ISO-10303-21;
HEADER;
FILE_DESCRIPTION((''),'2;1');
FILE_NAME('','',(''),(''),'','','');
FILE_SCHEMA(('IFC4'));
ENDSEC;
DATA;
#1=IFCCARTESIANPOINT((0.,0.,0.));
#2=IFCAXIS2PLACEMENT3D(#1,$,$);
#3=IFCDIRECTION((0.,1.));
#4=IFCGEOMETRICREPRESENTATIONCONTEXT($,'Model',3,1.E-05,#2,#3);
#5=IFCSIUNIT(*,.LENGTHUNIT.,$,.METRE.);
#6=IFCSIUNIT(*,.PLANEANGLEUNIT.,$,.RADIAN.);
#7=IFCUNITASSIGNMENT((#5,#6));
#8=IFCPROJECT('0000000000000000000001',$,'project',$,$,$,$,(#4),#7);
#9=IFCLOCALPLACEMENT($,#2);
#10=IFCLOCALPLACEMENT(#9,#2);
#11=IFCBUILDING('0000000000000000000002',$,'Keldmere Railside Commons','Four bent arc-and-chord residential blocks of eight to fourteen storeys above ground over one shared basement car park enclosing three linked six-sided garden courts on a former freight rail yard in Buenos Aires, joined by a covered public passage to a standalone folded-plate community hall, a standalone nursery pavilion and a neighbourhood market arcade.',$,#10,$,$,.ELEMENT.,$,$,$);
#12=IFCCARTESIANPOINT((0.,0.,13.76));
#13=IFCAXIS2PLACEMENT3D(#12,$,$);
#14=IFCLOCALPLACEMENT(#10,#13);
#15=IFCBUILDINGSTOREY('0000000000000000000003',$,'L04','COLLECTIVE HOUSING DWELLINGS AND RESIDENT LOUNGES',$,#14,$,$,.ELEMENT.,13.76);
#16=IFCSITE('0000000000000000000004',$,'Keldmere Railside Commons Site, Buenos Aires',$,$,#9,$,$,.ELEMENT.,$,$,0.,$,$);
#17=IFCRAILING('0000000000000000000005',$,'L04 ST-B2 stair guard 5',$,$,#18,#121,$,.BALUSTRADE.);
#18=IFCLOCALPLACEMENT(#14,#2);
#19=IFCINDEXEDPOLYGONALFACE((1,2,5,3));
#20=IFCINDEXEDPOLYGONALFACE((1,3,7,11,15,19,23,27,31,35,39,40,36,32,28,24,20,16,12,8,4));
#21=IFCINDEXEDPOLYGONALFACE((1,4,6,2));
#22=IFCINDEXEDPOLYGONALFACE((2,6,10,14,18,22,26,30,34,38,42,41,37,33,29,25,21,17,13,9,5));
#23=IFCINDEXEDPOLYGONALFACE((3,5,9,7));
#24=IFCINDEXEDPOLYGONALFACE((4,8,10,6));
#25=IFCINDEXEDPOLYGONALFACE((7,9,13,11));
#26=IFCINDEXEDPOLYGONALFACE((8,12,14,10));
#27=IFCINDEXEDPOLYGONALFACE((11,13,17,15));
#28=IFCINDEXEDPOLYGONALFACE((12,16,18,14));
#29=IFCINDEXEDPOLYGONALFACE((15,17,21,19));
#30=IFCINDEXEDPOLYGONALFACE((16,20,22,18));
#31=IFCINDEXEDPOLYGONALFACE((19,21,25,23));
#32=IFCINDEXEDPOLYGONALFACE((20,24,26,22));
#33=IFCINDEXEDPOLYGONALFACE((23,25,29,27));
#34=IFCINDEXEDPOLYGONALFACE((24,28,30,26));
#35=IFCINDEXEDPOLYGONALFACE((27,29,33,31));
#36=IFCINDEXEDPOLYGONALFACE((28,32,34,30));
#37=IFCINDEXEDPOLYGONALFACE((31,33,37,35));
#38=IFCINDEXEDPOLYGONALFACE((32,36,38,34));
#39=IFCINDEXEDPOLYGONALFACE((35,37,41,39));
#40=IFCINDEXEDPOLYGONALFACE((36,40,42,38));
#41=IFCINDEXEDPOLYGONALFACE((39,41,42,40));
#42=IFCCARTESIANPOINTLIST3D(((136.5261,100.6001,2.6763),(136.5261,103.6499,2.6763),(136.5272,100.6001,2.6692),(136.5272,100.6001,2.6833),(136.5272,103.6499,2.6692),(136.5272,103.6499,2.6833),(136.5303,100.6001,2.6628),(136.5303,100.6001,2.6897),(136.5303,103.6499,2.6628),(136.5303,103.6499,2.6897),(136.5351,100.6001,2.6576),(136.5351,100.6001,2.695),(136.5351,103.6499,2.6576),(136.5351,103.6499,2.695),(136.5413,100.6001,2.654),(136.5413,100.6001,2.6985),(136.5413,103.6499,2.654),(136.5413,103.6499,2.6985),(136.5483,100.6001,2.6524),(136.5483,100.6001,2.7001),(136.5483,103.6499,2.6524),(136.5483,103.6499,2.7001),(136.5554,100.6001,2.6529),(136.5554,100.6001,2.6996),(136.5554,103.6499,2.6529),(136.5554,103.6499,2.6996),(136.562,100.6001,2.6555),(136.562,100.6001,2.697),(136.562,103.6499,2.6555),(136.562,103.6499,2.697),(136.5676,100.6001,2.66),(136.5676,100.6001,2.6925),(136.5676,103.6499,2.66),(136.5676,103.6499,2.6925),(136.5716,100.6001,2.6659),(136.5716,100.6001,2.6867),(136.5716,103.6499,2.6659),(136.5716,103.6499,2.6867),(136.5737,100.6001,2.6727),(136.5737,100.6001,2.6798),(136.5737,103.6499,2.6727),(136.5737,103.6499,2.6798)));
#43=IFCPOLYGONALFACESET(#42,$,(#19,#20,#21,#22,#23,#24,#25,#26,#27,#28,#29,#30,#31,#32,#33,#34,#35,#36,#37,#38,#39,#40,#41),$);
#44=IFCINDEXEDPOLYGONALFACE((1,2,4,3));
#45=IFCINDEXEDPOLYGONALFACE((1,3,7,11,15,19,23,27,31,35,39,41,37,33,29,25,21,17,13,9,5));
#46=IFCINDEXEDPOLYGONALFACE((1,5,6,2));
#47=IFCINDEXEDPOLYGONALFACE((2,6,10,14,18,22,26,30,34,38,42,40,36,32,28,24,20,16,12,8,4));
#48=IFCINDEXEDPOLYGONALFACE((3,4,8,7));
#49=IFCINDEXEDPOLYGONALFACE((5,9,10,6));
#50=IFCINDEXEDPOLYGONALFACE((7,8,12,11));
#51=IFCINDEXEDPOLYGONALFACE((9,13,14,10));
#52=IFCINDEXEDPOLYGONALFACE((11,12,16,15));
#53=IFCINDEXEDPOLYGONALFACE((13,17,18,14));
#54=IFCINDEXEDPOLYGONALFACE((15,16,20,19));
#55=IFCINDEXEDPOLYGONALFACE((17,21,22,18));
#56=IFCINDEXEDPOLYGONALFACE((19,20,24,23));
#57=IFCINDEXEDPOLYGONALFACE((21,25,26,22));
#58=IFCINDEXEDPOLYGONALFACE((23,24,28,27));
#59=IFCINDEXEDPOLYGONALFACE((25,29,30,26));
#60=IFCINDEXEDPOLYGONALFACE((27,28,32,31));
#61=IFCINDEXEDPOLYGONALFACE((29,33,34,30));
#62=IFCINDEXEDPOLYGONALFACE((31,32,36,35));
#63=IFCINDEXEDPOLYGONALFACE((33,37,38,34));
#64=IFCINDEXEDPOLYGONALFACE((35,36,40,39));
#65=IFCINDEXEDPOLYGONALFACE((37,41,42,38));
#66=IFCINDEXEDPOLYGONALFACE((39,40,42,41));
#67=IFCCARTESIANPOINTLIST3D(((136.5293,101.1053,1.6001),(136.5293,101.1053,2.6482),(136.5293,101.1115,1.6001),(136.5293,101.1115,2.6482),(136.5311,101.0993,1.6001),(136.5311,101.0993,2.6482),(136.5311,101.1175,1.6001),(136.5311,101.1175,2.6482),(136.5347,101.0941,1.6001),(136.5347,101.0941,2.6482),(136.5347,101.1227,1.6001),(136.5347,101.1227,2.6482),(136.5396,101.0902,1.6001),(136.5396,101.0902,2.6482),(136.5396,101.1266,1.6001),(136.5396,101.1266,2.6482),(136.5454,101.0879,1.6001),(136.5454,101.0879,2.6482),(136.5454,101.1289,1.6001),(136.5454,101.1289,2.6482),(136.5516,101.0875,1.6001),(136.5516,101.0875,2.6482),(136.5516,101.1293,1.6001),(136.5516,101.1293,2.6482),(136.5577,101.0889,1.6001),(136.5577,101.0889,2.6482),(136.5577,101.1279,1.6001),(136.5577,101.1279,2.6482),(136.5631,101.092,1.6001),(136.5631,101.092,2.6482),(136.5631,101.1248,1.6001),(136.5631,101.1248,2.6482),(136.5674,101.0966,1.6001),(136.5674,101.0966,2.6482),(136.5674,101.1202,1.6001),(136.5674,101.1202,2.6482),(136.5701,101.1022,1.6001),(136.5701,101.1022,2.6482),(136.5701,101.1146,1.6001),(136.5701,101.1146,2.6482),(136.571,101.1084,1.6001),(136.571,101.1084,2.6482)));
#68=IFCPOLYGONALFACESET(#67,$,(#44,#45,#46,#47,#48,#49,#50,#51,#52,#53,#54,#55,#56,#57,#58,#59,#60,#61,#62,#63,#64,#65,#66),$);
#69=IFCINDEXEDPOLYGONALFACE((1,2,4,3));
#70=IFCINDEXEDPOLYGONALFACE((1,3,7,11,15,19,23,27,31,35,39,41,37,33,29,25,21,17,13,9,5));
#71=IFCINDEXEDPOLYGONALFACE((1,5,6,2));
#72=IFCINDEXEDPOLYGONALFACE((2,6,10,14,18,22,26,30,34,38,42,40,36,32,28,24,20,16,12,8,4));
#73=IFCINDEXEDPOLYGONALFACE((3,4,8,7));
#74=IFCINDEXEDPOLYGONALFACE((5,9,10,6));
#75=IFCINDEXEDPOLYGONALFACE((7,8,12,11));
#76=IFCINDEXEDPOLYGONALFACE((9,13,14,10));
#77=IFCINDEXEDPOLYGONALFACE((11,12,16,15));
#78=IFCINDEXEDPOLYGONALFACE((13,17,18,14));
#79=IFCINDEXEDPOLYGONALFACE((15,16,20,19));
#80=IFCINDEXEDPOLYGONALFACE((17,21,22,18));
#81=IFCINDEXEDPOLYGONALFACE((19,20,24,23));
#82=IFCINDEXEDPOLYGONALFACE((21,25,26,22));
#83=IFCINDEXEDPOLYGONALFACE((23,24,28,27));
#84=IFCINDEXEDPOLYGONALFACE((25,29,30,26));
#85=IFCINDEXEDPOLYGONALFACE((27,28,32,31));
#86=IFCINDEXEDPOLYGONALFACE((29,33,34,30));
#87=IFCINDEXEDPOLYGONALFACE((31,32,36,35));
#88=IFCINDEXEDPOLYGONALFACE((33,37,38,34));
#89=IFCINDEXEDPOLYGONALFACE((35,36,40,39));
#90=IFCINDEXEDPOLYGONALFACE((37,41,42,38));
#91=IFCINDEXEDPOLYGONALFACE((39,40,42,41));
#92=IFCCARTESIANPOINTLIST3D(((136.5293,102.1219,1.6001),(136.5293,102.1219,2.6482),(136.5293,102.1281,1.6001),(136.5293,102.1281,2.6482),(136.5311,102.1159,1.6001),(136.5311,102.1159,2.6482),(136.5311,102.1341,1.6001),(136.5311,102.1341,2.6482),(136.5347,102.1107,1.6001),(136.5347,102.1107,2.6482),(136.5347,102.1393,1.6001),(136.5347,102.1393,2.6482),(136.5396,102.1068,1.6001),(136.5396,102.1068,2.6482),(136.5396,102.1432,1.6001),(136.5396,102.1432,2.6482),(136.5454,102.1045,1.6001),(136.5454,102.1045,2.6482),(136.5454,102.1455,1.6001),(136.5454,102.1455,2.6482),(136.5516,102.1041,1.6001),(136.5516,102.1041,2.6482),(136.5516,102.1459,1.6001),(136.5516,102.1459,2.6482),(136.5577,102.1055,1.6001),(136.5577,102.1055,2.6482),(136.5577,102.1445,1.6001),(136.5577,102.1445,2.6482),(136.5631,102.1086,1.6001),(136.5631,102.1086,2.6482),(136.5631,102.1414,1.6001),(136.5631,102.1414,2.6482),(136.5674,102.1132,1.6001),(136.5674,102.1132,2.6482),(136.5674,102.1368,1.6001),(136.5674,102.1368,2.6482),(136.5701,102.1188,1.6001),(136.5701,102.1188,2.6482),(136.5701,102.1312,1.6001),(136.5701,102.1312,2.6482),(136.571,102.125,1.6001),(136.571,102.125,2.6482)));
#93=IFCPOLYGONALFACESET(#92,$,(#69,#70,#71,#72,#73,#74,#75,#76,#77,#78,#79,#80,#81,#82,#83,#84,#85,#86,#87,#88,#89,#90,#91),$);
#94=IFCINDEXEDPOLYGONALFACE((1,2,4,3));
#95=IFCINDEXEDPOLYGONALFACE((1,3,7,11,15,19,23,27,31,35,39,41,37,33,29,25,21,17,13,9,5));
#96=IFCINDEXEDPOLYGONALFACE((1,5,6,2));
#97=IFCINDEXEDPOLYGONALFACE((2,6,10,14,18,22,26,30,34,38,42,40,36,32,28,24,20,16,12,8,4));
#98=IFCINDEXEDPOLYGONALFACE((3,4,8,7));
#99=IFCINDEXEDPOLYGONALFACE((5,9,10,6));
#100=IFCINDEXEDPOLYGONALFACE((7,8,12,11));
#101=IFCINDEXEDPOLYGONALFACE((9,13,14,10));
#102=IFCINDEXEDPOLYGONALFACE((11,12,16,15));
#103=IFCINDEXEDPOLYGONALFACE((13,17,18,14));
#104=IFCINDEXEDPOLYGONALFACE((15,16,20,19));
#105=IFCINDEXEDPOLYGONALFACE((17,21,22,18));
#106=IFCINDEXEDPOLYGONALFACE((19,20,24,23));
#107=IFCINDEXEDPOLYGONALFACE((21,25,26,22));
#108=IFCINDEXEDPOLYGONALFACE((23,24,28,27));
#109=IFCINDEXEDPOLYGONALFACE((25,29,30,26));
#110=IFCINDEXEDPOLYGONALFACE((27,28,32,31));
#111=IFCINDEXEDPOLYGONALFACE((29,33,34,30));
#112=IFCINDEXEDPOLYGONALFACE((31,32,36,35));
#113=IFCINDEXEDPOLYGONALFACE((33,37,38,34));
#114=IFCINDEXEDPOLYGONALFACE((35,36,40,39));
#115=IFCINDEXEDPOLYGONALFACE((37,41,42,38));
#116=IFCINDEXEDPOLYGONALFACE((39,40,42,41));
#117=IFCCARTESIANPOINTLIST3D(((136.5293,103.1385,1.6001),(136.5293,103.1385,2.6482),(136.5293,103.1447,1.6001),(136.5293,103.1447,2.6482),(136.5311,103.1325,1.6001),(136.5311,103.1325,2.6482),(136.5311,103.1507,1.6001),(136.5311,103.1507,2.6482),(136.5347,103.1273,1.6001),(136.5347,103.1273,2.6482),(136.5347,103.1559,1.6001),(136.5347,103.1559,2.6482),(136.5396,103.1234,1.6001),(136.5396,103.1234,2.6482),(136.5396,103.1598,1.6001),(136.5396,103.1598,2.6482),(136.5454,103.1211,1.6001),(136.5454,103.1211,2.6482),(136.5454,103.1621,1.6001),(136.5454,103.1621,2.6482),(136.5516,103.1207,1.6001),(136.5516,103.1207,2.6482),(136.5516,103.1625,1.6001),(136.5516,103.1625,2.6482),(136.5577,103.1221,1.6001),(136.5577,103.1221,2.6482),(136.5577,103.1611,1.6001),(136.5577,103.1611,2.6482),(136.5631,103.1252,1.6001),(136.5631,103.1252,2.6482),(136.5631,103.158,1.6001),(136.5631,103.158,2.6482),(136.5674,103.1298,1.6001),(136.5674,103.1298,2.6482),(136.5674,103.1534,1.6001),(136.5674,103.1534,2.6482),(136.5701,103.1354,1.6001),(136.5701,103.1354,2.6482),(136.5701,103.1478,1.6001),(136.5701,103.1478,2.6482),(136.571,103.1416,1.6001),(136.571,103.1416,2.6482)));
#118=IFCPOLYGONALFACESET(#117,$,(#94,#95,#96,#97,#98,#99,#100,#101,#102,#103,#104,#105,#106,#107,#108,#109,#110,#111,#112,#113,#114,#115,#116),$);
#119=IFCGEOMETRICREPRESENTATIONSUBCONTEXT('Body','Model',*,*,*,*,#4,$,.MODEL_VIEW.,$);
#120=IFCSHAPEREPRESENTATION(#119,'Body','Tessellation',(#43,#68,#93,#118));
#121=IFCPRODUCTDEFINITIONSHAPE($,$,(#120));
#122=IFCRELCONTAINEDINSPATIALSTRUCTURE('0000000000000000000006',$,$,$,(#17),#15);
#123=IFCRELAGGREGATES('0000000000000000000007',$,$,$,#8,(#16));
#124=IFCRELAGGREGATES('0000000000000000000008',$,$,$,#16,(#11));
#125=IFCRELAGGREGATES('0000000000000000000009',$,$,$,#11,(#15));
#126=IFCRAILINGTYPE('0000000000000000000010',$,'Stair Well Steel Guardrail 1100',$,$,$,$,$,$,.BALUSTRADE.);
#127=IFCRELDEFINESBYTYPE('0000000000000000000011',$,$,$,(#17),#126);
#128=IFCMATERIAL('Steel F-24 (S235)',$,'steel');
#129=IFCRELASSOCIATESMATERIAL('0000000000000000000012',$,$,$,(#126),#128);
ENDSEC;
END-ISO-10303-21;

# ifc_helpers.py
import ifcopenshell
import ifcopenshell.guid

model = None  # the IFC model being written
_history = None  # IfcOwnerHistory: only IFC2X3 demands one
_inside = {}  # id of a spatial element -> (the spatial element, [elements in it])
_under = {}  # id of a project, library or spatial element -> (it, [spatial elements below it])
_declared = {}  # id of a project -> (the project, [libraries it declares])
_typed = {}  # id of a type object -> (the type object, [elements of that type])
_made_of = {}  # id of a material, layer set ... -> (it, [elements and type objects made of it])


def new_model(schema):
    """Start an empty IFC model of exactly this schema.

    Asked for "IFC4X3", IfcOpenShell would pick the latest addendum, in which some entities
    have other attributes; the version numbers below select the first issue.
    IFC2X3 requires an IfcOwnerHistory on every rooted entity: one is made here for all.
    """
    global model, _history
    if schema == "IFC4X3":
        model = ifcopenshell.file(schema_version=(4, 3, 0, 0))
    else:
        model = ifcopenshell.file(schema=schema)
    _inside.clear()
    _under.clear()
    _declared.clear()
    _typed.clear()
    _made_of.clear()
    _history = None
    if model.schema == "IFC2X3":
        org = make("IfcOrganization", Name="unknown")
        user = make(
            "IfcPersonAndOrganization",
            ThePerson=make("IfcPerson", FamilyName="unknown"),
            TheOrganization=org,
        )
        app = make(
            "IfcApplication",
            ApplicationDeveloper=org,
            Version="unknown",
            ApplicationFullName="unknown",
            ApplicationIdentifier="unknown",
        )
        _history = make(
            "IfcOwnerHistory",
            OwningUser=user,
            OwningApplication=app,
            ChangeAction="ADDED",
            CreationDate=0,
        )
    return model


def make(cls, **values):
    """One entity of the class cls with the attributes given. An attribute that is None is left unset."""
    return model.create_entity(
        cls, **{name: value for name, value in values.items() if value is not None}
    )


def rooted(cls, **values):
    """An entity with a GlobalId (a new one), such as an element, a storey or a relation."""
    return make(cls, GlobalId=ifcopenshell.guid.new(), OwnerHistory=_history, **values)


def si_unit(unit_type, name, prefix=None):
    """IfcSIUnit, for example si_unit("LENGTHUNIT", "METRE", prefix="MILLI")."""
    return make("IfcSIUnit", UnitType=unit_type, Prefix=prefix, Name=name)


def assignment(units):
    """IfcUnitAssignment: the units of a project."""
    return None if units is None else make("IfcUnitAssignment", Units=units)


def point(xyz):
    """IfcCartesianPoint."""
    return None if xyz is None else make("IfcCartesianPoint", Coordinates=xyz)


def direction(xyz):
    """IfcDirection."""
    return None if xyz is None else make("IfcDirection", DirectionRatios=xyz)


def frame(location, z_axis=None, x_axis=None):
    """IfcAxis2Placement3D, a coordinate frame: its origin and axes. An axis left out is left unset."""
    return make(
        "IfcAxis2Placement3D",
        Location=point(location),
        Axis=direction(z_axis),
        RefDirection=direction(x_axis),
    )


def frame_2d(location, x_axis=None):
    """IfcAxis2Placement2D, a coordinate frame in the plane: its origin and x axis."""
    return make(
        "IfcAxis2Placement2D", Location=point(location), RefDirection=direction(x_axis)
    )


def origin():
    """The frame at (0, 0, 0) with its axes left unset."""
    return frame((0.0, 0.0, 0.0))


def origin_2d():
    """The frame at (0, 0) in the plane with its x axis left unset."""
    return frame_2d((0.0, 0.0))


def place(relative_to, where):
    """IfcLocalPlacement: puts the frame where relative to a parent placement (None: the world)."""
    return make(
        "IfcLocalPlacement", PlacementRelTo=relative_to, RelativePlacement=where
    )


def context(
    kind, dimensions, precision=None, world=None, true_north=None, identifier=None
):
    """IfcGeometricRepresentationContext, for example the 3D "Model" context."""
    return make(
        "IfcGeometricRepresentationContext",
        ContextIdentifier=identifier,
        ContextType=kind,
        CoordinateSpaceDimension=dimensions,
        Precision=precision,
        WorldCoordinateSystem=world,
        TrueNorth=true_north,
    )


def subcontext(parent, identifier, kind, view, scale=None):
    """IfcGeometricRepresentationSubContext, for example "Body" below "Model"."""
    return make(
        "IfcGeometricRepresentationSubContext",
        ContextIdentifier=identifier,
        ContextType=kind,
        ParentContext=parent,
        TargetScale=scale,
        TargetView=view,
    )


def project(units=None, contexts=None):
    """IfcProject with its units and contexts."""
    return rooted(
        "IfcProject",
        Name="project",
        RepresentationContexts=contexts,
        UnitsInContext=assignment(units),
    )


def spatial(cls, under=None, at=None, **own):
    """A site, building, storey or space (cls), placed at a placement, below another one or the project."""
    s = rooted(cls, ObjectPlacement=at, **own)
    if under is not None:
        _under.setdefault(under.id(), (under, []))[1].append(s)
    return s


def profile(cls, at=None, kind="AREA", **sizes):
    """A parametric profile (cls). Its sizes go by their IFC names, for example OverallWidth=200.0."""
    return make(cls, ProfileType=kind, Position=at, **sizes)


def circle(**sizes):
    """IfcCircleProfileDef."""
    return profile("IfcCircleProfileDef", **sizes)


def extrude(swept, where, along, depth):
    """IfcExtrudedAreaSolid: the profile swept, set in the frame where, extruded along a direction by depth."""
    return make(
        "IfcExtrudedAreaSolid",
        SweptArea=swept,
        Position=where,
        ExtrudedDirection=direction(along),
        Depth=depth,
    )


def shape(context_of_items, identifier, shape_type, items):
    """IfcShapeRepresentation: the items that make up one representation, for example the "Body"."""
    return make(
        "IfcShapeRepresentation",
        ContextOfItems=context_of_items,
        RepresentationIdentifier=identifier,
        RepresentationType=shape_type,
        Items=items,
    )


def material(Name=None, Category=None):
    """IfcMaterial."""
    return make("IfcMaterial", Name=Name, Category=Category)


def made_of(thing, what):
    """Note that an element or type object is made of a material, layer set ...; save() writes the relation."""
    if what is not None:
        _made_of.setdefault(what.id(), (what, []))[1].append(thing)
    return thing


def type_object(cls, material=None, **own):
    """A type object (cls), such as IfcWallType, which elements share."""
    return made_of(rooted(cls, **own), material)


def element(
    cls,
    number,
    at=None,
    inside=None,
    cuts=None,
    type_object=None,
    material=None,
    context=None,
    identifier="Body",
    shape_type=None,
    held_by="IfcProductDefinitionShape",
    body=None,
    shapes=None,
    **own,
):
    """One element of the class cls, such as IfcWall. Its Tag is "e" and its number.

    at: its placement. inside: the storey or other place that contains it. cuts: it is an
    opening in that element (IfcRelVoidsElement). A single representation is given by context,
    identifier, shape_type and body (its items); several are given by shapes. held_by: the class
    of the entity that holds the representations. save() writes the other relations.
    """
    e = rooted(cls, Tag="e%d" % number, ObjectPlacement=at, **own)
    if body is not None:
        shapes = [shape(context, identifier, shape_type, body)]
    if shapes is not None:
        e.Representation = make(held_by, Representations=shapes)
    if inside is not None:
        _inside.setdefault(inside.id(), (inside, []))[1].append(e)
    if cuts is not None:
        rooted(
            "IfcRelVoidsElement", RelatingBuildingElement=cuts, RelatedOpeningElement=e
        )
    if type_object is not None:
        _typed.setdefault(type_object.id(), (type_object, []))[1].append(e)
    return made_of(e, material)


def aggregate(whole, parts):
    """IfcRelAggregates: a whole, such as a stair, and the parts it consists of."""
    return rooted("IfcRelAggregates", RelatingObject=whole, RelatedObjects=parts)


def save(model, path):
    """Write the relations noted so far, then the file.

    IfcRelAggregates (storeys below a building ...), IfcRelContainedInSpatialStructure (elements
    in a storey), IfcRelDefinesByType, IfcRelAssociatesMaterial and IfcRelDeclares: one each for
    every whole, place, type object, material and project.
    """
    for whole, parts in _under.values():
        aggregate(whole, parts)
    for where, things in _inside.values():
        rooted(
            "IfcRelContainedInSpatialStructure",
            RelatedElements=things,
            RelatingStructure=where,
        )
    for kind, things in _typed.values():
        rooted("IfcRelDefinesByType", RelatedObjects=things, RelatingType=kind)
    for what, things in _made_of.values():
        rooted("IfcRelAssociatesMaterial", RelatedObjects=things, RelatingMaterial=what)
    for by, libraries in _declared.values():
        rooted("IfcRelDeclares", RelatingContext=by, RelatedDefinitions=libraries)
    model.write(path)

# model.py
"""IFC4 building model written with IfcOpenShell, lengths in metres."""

from ifc_helpers import new_model, si_unit, direction, frame, origin, origin_2d, place, context, subcontext, project, spatial, circle, extrude, material, type_object, element, save


model = new_model("IFC4")

# Units and contexts
model_context = context("Model", 3, precision=1e-05, world=origin(), true_north=direction((0.0, 1.0)))
body_context = subcontext(model_context, "Body", "Model", "MODEL_VIEW")
ifc_project = project(units=[si_unit("LENGTHUNIT", "METRE"), si_unit("PLANEANGLEUNIT", "RADIAN")], contexts=[model_context])

# Site, building, storey
site_placement = place(None, origin())
site = spatial("IfcSite", under=ifc_project, at=site_placement, Name="Keldmere Railside Commons Site, Buenos Aires", CompositionType="ELEMENT", RefElevation=0.0)
building_placement = place(site_placement, origin())
building = spatial("IfcBuilding", under=site, at=building_placement, Name="Keldmere Railside Commons", Description="Four bent arc-and-chord residential blocks of eight to fourteen storeys above ground over one shared basement car park enclosing three linked six-sided garden courts on a former freight rail yard in Buenos Aires, joined by a covered public passage to a standalone folded-plate community hall, a standalone nursery pavilion and a neighbourhood market arcade.", CompositionType="ELEMENT")
storey_placement = place(building_placement, frame((0.0, 0.0, 13.76)))
storey = spatial("IfcBuildingStorey", under=building, at=storey_placement, Name="L04", Description="COLLECTIVE HOUSING DWELLINGS AND RESIDENT LOUNGES", CompositionType="ELEMENT", Elevation=13.76)

# Railing
ifc_material_1 = material(Name="Steel F-24 (S235)", Category="steel")
railing_type_1 = type_object("IfcRailingType", Name="Stair Well Steel Guardrail 1100", PredefinedType="BALUSTRADE", material=ifc_material_1)
railing_1_placement = place(storey_placement, frame((136.55, 100.6001, 1.6001)))
element("IfcRailing", 1, at=railing_1_placement, inside=storey, type_object=railing_type_1, Name="L04 ST-B2 stair guard 5", PredefinedType="BALUSTRADE", context=body_context, shape_type="SweptSolid", body=[
    extrude(circle(Radius=0.0239, at=origin_2d()), frame((0.0, 0.0, 1.0762), z_axis=(0.0, 1.0, 0.0), x_axis=(-1.0, 0.0, 0.0)), (0.0, 0.0, 1.0), 3.0498),
    extrude(circle(Radius=0.021, at=origin_2d()), frame((0.0, 0.5083, 0.0)), (0.0, 0.0, 1.0), 1.0481),
    extrude(circle(Radius=0.021, at=origin_2d()), frame((0.0, 1.5249, 0.0)), (0.0, 0.0, 1.0), 1.0481),
    extrude(circle(Radius=0.021, at=origin_2d()), frame((0.0, 2.5415, 0.0)), (0.0, 0.0, 1.0), 1.0481),
])

save(model, "model.ifc")
